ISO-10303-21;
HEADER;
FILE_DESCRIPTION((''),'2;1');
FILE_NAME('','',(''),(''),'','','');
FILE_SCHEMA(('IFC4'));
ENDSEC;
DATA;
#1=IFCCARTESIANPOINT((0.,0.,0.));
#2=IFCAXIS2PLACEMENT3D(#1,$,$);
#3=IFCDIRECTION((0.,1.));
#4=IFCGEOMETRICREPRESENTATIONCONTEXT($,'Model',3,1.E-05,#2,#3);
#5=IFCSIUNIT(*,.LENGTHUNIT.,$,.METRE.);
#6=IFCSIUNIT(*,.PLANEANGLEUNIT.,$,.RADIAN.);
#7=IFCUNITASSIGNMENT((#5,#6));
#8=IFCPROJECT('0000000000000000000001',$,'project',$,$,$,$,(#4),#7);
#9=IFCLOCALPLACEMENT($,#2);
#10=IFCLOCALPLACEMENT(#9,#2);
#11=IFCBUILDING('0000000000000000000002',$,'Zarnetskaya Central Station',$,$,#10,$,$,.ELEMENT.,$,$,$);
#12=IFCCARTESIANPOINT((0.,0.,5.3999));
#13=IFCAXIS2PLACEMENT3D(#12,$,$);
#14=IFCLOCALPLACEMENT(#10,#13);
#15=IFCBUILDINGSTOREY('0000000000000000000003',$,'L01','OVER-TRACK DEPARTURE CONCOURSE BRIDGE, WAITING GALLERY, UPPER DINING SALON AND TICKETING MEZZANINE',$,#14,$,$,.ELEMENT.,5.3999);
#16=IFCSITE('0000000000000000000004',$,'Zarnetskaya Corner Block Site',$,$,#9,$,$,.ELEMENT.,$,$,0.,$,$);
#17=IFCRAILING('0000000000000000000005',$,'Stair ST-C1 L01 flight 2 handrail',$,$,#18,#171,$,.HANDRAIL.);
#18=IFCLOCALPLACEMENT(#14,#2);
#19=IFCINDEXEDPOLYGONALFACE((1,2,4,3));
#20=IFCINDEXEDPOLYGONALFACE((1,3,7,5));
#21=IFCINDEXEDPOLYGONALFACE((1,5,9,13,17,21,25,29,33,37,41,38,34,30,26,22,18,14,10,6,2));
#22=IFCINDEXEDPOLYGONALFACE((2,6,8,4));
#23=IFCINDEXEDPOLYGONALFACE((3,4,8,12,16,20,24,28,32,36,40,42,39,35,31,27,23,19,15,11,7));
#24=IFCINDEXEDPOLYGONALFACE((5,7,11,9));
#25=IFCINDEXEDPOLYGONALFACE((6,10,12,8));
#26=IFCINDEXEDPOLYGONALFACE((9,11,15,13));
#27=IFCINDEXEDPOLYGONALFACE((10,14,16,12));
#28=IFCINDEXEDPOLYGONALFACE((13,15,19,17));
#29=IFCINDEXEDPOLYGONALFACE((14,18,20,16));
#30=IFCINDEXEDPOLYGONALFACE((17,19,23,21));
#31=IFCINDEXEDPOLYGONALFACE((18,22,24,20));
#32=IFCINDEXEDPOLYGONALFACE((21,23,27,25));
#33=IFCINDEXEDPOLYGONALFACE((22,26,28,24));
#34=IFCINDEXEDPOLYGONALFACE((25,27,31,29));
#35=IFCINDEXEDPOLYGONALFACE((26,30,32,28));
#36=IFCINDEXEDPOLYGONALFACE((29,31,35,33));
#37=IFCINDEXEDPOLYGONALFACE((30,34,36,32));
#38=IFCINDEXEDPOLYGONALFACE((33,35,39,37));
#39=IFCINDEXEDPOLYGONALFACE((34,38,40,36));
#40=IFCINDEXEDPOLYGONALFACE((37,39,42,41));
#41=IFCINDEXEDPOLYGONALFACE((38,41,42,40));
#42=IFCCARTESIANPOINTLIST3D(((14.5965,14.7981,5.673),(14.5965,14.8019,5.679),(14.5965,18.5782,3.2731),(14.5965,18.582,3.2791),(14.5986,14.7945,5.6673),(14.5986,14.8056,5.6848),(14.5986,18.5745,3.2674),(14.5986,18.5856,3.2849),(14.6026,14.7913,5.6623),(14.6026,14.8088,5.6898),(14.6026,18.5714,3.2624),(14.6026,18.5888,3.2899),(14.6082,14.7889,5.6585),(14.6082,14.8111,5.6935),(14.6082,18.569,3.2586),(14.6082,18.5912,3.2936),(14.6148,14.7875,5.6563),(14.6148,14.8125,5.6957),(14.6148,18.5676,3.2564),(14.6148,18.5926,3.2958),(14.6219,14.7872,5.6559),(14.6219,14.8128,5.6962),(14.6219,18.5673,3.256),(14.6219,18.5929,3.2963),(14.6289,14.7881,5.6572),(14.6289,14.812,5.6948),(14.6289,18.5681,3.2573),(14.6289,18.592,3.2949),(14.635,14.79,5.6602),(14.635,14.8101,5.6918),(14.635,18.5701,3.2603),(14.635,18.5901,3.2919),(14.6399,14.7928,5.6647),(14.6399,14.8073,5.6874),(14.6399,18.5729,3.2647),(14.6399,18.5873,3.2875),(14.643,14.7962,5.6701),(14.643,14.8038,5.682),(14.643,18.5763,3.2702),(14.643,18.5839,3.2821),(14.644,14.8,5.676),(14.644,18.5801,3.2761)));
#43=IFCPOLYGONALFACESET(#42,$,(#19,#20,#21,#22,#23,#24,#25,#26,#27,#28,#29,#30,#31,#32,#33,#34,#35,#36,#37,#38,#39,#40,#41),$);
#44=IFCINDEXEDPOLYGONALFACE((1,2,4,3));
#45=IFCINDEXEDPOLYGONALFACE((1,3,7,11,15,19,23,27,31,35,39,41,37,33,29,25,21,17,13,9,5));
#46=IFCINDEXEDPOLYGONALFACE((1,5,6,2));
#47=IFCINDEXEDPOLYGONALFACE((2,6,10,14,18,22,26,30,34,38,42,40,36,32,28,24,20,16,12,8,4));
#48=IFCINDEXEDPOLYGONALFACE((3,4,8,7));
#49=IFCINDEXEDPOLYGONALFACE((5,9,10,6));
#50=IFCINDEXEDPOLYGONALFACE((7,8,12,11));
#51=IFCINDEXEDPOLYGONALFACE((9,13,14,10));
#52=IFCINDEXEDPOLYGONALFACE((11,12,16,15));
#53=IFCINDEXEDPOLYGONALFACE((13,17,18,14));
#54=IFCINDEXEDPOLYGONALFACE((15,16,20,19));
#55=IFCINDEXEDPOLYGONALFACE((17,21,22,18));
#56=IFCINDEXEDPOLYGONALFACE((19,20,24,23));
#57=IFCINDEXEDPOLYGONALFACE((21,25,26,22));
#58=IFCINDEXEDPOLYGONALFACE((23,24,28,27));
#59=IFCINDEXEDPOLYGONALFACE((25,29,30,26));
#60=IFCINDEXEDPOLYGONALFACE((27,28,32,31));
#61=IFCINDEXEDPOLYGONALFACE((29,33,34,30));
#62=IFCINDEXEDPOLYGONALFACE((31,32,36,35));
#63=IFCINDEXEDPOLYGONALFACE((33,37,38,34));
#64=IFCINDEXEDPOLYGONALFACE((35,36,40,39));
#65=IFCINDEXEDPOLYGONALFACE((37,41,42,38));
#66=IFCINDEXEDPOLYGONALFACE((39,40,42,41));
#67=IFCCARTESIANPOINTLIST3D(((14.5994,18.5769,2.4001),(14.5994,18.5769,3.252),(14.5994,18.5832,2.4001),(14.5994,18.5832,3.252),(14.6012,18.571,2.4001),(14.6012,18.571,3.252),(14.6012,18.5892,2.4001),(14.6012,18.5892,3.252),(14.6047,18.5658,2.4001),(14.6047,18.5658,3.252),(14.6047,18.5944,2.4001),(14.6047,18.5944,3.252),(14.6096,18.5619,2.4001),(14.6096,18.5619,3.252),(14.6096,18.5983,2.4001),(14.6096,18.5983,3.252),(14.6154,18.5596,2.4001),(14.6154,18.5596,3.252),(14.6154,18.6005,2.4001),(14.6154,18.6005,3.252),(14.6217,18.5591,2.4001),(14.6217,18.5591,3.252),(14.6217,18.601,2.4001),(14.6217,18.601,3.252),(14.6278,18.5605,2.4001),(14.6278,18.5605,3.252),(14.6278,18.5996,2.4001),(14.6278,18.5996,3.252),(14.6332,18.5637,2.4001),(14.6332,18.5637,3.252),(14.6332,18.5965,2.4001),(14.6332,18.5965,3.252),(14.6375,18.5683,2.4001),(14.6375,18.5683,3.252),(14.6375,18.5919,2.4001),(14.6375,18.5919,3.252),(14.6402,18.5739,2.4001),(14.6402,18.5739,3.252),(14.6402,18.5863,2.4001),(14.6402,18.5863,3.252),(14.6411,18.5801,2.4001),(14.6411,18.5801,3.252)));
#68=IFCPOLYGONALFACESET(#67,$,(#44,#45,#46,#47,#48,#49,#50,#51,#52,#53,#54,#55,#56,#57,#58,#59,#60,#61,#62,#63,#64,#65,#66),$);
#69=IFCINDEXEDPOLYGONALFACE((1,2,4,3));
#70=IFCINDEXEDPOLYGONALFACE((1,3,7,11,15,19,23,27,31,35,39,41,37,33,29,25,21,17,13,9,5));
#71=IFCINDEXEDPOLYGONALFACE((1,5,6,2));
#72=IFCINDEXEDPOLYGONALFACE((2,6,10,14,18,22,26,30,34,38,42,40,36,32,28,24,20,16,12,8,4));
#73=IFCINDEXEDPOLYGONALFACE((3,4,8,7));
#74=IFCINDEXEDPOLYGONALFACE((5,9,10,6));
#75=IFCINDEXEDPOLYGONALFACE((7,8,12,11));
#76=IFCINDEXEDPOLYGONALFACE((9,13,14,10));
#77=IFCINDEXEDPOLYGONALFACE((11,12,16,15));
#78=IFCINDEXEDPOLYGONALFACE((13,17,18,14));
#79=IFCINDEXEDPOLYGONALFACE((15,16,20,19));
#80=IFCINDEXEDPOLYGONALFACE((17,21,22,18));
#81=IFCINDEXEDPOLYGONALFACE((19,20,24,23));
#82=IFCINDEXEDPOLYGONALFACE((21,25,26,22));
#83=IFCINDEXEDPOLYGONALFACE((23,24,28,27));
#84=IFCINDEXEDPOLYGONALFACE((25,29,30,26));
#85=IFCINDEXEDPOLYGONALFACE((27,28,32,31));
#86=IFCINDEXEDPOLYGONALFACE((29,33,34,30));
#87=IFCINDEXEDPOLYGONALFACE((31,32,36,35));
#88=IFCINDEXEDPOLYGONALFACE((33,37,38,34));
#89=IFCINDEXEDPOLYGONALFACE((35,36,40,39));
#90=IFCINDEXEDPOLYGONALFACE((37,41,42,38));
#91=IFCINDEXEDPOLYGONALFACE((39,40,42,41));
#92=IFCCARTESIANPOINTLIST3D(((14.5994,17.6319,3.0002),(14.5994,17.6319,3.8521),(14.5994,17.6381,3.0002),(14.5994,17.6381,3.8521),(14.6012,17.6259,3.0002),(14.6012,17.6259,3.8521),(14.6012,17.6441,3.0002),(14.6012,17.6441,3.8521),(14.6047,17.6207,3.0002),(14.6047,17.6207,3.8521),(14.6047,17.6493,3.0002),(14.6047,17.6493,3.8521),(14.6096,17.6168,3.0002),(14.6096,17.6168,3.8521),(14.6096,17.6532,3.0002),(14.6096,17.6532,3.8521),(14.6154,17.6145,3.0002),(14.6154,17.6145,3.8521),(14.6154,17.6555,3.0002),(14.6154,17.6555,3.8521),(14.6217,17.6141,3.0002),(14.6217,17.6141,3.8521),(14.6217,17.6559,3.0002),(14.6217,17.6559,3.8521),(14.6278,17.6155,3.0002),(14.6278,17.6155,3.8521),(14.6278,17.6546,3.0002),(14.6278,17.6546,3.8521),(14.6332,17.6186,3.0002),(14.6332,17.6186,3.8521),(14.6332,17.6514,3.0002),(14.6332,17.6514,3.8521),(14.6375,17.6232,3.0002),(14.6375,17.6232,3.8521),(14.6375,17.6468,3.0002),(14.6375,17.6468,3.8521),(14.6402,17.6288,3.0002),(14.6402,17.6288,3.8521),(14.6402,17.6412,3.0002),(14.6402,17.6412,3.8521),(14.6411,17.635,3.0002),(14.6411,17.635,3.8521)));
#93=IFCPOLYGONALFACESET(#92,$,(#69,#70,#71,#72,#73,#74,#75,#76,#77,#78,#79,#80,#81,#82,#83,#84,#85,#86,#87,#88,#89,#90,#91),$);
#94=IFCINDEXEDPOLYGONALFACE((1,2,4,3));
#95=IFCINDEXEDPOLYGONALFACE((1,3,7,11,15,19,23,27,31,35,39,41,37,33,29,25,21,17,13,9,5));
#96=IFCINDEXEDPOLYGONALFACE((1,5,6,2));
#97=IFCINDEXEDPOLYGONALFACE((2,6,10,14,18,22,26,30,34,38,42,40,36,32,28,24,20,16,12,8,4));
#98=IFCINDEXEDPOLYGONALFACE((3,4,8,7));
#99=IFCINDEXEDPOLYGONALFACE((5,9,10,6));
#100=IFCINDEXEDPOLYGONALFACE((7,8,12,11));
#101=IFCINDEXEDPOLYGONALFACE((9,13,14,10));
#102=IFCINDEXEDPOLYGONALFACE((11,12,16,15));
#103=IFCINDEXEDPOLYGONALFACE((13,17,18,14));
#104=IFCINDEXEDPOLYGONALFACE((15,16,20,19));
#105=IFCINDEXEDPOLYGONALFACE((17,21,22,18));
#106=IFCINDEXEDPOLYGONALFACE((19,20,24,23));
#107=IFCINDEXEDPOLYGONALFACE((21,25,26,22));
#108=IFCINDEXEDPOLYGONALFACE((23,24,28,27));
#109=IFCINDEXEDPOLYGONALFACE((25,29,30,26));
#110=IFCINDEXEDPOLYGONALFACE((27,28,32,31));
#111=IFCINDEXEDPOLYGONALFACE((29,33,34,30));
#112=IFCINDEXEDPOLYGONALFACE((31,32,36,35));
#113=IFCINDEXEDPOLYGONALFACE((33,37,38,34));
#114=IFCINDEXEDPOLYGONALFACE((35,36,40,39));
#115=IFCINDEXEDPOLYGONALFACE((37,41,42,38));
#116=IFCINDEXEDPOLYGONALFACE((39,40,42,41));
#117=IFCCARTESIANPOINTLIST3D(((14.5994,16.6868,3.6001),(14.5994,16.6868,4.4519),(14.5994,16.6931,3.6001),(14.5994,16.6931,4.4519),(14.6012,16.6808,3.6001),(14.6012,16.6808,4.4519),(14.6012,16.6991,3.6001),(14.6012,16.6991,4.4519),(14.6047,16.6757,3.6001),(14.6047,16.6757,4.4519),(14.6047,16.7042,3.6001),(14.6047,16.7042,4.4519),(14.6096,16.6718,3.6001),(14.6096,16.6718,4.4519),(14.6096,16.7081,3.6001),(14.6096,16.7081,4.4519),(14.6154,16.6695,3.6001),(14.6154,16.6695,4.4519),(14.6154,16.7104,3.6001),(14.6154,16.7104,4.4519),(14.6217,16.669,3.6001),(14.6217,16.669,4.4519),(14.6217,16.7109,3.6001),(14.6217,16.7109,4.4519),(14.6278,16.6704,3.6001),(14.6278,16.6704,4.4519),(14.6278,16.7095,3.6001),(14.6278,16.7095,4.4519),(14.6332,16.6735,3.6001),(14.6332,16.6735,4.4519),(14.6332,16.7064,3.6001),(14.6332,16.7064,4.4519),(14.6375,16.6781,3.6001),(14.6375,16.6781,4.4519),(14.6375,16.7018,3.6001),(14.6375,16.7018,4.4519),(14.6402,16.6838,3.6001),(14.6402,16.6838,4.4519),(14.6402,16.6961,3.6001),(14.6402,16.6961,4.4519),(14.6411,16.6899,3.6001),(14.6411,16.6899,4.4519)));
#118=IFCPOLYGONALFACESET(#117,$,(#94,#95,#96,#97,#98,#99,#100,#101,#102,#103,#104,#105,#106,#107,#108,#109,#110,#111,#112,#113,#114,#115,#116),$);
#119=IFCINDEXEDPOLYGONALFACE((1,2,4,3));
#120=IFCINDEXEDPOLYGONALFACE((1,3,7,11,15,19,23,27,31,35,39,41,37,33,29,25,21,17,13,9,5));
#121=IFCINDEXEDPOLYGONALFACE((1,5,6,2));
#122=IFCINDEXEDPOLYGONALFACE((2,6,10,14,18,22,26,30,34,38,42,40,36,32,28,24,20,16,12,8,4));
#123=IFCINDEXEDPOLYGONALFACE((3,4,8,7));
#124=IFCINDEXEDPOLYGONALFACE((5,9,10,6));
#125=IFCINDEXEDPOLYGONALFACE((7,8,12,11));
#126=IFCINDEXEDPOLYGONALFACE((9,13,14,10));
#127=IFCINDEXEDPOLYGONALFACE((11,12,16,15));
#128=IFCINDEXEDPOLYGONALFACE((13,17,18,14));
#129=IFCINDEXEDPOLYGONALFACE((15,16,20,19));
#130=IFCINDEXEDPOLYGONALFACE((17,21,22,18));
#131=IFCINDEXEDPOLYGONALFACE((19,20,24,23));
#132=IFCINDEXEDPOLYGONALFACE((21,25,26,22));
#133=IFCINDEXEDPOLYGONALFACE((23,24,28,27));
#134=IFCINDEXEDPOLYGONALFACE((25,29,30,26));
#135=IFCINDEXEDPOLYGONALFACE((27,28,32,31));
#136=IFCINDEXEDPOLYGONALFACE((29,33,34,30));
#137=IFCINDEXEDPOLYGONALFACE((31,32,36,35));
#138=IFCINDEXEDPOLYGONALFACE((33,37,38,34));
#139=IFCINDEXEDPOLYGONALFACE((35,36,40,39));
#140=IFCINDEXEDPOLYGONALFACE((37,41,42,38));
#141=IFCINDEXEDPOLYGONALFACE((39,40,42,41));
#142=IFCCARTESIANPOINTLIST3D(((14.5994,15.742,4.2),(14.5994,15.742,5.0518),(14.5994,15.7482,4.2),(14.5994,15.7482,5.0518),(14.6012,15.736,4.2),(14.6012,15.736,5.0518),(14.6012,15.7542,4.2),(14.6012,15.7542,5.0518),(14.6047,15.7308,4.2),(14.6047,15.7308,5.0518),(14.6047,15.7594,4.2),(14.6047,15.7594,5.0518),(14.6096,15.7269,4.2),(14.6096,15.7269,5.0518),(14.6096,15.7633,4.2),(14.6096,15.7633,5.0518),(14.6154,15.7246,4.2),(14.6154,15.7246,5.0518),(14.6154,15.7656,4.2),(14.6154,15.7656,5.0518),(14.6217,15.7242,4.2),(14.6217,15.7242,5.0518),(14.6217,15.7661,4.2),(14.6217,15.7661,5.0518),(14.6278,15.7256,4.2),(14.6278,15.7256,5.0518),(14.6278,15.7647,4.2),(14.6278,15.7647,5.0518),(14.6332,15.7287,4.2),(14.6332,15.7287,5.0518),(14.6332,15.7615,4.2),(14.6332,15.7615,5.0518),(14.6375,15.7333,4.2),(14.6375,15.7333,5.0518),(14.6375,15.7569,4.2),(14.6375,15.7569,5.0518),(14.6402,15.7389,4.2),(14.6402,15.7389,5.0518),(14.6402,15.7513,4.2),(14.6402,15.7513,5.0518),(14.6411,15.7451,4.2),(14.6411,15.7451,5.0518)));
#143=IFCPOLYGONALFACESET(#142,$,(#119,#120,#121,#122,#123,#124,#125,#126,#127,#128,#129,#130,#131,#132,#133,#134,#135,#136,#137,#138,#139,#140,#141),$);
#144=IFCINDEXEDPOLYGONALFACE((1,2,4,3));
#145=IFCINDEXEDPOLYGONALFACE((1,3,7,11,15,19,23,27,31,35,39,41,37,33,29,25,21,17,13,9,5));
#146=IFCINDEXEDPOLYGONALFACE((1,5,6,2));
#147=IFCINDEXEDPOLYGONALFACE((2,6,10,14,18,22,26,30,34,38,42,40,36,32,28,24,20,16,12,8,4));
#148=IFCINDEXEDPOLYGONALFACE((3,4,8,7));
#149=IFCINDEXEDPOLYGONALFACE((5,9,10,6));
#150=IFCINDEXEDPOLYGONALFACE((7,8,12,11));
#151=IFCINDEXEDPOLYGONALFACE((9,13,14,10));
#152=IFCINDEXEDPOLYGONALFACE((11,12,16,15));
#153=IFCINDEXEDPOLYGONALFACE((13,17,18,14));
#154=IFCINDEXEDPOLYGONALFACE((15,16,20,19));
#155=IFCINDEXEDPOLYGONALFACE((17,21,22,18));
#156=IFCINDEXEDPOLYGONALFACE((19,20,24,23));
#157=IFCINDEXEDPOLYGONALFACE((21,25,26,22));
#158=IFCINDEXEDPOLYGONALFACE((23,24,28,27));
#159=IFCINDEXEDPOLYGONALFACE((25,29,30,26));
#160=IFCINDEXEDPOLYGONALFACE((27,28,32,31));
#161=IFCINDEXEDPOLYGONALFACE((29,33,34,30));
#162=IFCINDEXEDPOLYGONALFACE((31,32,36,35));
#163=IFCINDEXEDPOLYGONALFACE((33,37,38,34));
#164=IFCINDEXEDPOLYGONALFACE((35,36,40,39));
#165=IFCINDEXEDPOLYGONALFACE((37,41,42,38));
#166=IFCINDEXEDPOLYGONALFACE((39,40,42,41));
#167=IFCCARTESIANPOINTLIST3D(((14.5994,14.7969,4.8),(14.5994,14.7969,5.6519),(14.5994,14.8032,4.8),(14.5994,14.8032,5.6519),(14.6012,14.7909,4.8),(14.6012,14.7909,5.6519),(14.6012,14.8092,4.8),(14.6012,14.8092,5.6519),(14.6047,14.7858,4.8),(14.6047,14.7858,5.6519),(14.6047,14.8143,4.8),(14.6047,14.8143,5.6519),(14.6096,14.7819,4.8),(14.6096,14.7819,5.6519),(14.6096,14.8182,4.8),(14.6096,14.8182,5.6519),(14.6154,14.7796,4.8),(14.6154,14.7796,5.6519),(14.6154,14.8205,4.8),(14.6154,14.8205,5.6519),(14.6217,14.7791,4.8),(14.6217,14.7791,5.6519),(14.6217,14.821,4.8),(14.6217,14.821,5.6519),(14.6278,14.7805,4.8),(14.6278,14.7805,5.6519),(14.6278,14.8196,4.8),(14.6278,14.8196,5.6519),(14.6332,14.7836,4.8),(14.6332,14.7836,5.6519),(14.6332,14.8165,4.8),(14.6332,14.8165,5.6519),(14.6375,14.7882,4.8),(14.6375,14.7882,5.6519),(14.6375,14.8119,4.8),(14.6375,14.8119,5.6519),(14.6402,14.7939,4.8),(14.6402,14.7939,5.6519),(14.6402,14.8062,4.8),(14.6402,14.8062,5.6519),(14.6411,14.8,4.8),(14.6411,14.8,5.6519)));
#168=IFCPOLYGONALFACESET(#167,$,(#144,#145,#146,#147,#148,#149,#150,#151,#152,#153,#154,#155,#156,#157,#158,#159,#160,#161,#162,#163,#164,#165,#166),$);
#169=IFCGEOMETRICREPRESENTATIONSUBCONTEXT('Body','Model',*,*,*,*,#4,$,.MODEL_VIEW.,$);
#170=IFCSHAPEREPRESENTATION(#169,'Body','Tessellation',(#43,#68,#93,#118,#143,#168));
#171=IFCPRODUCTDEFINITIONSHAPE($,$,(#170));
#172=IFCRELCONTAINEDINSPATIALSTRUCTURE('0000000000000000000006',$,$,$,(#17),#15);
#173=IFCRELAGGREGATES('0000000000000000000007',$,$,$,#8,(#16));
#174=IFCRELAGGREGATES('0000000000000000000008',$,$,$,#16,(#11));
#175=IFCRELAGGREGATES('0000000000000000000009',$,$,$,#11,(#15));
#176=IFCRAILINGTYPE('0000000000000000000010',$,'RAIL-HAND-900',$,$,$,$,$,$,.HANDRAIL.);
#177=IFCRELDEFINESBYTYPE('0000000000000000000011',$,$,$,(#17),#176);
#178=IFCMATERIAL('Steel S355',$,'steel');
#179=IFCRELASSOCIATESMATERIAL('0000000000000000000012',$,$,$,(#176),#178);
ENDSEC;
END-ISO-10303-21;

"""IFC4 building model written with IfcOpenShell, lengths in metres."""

from ifc_helpers import new_model, si_unit, direction, frame, origin, origin_2d, place, context, subcontext, project, spatial, circle, extrude, material, type_object, element, save


model = new_model("IFC4")

# Units and contexts
model_context = context("Model", 3, precision=1e-05, world=origin(), true_north=direction((0.0, 1.0)))
body_context = subcontext(model_context, "Body", "Model", "MODEL_VIEW")
ifc_project = project(units=[si_unit("LENGTHUNIT", "METRE"), si_unit("PLANEANGLEUNIT", "RADIAN")], contexts=[model_context])

# Site, building, storey
site_placement = place(None, origin())
site = spatial("IfcSite", under=ifc_project, at=site_placement, Name="Zarnetskaya Corner Block Site", CompositionType="ELEMENT", RefElevation=0.0)
building_placement = place(site_placement, origin())
building = spatial("IfcBuilding", under=site, at=building_placement, Name="Zarnetskaya Central Station", CompositionType="ELEMENT")
storey_placement = place(building_placement, frame((0.0, 0.0, 5.3999)))
storey = spatial("IfcBuildingStorey", under=building, at=storey_placement, Name="L01", Description="OVER-TRACK DEPARTURE CONCOURSE BRIDGE, WAITING GALLERY, UPPER DINING SALON AND TICKETING MEZZANINE", CompositionType="ELEMENT", Elevation=5.3999)

# Shared definitions
ifc_material_1 = material(Name="Steel S355", Category="steel")

# Railing
railing_type_1 = type_object("IfcRailingType", Name="RAIL-HAND-900", PredefinedType="HANDRAIL", material=ifc_material_1)
railing_1_placement = place(storey_placement, frame((14.6201, 18.5801, 2.4001)))
element("IfcRailing", 1, at=railing_1_placement, inside=storey, type_object=railing_type_1, Name="Stair ST-C1 L01 flight 2 handrail", PredefinedType="HANDRAIL", context=body_context, shape_type="SweptSolid", body=[
    extrude(circle(Radius=0.0239, at=origin_2d()), frame((0.0, 0.0, 0.876), z_axis=(0.0, -0.844225, 0.53599), x_axis=(1.0, 0.0, 0.0)), (0.0, 0.0, 1.0), 4.4775),
    extrude(circle(Radius=0.021, at=origin_2d()), origin(), (0.0, 0.0, 1.0), 0.8518),
    extrude(circle(Radius=0.021, at=origin_2d()), frame((0.0, -0.9451, 0.6001)), (0.0, 0.0, 1.0), 0.8518),
    extrude(circle(Radius=0.021, at=origin_2d()), frame((0.0, -1.8901, 1.2)), (0.0, 0.0, 1.0), 0.8518),
    extrude(circle(Radius=0.021, at=origin_2d()), frame((0.0, -2.835, 1.7998)), (0.0, 0.0, 1.0), 0.8518),
    extrude(circle(Radius=0.021, at=origin_2d()), frame((0.0, -3.78, 2.3999)), (0.0, 0.0, 1.0), 0.8518),
])

save(model, "model.ifc")
